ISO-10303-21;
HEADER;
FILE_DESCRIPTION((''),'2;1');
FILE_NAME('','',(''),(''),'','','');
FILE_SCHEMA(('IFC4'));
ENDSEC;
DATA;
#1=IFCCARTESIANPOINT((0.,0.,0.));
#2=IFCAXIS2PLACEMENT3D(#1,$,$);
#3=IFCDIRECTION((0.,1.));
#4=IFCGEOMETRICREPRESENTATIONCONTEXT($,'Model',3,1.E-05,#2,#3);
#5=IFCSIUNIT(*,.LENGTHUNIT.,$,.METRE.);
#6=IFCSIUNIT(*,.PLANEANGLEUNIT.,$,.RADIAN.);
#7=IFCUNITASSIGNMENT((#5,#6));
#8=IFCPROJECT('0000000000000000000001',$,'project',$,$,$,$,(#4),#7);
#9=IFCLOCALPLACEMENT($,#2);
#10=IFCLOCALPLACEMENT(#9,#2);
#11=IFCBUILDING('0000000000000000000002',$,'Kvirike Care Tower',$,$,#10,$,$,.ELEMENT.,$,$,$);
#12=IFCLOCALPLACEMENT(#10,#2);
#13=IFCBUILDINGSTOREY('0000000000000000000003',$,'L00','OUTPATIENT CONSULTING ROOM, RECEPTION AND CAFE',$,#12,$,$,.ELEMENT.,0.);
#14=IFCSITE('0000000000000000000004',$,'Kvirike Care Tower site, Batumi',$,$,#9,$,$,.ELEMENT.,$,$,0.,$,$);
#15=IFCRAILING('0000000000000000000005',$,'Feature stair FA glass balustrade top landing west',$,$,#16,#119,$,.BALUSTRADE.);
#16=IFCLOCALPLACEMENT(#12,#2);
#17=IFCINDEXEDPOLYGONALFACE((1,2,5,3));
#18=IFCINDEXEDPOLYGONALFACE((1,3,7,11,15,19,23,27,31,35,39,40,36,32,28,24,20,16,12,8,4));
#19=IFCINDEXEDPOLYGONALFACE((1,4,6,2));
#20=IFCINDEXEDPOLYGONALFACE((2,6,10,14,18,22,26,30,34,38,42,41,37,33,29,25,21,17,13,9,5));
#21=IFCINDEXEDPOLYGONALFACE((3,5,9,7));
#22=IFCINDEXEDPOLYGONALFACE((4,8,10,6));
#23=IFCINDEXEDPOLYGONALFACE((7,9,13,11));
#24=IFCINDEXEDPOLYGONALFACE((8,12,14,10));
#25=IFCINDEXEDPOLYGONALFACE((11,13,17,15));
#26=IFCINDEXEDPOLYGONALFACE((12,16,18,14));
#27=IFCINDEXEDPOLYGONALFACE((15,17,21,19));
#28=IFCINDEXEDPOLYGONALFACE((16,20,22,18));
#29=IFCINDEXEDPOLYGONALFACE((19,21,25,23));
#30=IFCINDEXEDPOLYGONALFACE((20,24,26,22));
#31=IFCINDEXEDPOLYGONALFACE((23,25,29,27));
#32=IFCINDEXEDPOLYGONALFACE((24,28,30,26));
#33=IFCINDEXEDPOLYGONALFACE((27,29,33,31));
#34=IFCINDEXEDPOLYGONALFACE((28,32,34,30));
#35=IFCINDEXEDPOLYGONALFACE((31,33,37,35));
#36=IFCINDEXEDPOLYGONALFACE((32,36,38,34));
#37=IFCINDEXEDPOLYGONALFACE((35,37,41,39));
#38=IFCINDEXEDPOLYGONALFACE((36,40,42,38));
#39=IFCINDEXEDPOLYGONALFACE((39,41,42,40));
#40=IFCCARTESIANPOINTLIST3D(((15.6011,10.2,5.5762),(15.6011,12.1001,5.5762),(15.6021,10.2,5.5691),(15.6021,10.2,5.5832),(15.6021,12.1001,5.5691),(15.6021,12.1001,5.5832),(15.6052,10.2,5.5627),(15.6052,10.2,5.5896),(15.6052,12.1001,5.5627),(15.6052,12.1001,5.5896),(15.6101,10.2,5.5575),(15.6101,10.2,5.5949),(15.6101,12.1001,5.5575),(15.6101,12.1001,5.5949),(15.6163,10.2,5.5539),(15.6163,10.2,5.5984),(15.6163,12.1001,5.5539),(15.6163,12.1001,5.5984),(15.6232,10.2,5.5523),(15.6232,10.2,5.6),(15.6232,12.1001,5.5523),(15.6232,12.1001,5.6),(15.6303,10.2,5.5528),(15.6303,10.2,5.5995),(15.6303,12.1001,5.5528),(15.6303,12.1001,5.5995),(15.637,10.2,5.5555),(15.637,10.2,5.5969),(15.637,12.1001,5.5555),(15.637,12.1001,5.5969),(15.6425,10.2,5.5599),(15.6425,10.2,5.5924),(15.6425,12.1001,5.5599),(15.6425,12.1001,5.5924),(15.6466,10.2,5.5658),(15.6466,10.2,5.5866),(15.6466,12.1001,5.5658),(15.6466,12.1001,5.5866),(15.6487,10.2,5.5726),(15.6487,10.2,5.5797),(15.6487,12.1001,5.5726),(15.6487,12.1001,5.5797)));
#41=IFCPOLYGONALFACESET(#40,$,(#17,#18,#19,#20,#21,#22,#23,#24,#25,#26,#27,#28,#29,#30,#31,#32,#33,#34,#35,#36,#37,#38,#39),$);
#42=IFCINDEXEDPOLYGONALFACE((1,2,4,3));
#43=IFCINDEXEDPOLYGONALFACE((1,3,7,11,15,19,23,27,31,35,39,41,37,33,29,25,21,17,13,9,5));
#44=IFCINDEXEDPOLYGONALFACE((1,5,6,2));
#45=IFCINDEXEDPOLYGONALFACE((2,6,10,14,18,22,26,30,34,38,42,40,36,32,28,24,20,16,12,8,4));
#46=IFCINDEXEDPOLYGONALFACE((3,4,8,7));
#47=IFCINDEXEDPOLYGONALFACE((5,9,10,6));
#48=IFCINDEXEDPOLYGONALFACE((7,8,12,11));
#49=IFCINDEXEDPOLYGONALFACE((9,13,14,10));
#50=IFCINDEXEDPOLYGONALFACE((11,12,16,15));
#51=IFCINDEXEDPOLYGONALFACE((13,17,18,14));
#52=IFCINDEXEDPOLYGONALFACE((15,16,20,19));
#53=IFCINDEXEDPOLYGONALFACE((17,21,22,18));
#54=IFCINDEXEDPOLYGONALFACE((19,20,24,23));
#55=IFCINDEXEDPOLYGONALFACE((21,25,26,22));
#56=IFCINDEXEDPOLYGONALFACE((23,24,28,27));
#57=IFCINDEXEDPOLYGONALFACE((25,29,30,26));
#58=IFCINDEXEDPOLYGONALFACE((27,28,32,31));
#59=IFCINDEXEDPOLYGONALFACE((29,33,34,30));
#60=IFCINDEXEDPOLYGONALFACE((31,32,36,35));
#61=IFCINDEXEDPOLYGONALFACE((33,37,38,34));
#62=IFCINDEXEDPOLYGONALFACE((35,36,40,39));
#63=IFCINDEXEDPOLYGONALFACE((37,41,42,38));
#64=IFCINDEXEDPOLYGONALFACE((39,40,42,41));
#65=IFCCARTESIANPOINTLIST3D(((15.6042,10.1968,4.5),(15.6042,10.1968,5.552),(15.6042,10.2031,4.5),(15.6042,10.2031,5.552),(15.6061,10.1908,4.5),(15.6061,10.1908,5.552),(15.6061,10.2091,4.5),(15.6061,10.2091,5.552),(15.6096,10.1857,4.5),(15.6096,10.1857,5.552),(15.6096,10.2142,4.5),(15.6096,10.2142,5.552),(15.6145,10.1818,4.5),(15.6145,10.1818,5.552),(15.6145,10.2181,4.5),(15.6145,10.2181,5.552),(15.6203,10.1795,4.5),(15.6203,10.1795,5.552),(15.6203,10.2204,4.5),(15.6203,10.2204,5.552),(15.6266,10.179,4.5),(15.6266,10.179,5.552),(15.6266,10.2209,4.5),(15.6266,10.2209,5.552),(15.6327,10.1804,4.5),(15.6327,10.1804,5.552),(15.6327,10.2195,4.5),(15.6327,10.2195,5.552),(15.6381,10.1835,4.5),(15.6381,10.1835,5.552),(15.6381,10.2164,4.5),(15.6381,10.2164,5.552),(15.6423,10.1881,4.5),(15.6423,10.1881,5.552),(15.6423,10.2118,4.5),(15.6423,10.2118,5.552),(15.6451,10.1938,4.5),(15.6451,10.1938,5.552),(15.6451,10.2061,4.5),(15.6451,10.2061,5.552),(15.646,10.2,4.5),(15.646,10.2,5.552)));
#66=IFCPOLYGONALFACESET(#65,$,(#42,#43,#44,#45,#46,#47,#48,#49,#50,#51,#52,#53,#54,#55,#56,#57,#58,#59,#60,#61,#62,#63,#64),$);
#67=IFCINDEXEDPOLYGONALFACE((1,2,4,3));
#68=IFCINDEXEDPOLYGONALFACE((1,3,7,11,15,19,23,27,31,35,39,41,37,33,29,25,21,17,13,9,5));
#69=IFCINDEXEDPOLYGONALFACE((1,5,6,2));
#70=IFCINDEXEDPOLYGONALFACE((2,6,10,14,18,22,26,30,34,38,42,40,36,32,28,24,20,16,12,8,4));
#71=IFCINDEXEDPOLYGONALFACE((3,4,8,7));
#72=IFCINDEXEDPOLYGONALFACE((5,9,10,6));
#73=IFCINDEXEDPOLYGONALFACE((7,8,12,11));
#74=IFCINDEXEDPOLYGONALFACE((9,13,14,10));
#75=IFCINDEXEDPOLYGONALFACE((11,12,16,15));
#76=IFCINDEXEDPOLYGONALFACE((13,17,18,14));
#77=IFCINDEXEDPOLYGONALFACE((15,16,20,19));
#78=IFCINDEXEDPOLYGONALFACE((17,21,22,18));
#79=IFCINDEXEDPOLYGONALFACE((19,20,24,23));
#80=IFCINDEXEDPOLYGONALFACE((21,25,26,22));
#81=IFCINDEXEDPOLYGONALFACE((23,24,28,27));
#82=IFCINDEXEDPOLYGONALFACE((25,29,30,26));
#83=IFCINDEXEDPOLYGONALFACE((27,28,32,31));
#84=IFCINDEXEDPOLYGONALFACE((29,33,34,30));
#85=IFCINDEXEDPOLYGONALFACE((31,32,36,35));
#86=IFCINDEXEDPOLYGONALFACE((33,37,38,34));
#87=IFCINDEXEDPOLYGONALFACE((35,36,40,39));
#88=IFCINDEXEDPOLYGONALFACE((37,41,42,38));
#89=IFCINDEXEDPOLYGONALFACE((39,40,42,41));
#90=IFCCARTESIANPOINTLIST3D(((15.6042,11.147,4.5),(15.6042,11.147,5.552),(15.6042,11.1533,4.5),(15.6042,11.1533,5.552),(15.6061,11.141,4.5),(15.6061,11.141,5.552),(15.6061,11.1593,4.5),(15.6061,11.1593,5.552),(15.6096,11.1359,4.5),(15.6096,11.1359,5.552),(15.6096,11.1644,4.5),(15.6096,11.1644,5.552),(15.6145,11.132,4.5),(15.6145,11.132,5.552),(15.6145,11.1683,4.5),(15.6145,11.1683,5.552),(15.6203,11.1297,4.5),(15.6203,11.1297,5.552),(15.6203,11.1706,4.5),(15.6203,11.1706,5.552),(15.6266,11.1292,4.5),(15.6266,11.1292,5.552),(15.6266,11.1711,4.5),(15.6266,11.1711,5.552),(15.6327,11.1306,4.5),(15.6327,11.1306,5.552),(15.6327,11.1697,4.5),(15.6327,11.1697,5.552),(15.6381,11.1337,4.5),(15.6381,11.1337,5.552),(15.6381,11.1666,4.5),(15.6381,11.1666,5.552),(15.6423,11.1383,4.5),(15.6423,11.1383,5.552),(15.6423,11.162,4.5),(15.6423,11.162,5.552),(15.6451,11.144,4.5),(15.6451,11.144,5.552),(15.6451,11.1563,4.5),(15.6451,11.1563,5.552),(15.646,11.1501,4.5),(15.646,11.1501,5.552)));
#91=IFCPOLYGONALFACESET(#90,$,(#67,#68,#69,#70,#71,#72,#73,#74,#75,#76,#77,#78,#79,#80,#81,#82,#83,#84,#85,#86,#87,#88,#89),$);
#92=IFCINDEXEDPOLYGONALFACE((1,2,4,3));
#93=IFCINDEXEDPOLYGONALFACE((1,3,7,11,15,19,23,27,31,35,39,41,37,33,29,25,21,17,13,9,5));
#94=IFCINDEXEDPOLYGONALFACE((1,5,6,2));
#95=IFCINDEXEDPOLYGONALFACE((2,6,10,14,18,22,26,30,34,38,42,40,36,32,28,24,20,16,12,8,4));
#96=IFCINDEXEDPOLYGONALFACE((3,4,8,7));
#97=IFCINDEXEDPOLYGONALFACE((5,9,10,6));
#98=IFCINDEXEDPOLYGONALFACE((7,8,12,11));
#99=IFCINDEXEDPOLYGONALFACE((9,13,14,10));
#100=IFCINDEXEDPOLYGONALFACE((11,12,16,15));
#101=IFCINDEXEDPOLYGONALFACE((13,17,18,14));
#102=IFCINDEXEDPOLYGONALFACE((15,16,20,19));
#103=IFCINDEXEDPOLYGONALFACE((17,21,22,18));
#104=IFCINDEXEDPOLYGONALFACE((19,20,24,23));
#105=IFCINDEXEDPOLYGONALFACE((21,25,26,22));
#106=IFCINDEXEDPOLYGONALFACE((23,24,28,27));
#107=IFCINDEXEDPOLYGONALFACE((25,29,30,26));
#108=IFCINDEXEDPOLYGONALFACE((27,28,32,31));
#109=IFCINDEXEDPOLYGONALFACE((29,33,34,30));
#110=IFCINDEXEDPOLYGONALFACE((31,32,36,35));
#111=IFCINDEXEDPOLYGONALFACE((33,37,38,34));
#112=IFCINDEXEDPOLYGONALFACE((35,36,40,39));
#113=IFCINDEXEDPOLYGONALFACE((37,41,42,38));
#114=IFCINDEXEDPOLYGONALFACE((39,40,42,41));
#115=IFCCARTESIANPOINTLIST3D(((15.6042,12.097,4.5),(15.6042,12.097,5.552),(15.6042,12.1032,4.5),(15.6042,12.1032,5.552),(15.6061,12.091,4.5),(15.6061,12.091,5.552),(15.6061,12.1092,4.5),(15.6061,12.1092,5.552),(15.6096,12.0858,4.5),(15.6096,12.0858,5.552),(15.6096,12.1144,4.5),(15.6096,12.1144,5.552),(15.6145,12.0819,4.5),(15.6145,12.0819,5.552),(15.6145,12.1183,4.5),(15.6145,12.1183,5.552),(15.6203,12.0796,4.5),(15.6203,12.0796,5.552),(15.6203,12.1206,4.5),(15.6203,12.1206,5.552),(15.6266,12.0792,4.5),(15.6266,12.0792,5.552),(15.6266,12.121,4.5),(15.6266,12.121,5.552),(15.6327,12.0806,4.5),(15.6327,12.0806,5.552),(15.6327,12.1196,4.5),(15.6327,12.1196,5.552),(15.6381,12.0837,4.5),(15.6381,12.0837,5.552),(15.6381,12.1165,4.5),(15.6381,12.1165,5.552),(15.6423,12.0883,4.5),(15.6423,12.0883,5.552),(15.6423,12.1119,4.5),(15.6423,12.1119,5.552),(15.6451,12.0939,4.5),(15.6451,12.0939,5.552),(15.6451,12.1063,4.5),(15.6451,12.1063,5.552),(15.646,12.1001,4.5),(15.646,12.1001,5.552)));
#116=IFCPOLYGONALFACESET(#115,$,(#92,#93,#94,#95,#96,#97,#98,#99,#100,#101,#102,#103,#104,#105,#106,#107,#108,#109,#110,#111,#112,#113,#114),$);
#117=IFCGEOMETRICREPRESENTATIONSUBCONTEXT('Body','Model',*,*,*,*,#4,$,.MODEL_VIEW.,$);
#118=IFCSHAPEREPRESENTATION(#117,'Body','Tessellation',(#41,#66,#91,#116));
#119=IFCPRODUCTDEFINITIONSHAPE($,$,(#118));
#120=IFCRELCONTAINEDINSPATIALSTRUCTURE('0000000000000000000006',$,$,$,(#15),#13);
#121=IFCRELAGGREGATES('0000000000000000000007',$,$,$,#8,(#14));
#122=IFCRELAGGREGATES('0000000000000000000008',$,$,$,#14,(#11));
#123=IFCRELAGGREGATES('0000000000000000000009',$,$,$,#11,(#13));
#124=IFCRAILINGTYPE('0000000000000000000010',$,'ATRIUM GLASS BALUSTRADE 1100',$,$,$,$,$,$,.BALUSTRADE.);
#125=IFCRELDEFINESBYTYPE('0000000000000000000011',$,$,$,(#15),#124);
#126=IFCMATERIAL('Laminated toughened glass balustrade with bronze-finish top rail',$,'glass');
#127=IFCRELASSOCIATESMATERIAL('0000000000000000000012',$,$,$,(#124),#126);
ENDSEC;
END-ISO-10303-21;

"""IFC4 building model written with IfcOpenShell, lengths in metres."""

from ifc_helpers import new_model, si_unit, direction, frame, origin, origin_2d, place, context, subcontext, project, spatial, circle, extrude, material, type_object, element, save


model = new_model("IFC4")

# Units and contexts
model_context = context("Model", 3, precision=1e-05, world=origin(), true_north=direction((0.0, 1.0)))
body_context = subcontext(model_context, "Body", "Model", "MODEL_VIEW")
ifc_project = project(units=[si_unit("LENGTHUNIT", "METRE"), si_unit("PLANEANGLEUNIT", "RADIAN")], contexts=[model_context])

# Site, building, storey
site_placement = place(None, origin())
site = spatial("IfcSite", under=ifc_project, at=site_placement, Name="Kvirike Care Tower site, Batumi", CompositionType="ELEMENT", RefElevation=0.0)
building_placement = place(site_placement, origin())
building = spatial("IfcBuilding", under=site, at=building_placement, Name="Kvirike Care Tower", CompositionType="ELEMENT")
storey_placement = place(building_placement, origin())
storey = spatial("IfcBuildingStorey", under=building, at=storey_placement, Name="L00", Description="OUTPATIENT CONSULTING ROOM, RECEPTION AND CAFE", CompositionType="ELEMENT", Elevation=0.0)

# Railing
ifc_material_1 = material(Name="Laminated toughened glass balustrade with bronze-finish top rail", Category="glass")
railing_type_1 = type_object("IfcRailingType", Name="ATRIUM GLASS BALUSTRADE 1100", PredefinedType="BALUSTRADE", material=ifc_material_1)
railing_1_placement = place(storey_placement, frame((15.625, 10.2, 4.5)))
element("IfcRailing", 1, at=railing_1_placement, inside=storey, type_object=railing_type_1, Name="Feature stair FA glass balustrade top landing west", PredefinedType="BALUSTRADE", context=body_context, shape_type="SweptSolid", body=[
    extrude(circle(Radius=0.0239, at=origin_2d()), frame((0.0, 0.0, 1.0762), z_axis=(0.0, 1.0, 0.0), x_axis=(-1.0, 0.0, 0.0)), (0.0, 0.0, 1.0), 1.9001),
    extrude(circle(Radius=0.021, at=origin_2d()), origin(), (0.0, 0.0, 1.0), 1.052),
    extrude(circle(Radius=0.021, at=origin_2d()), frame((0.0, 0.9502, 0.0)), (0.0, 0.0, 1.0), 1.052),
    extrude(circle(Radius=0.021, at=origin_2d()), frame((0.0, 1.9001, 0.0)), (0.0, 0.0, 1.0), 1.052),
])

save(model, "model.ifc")
